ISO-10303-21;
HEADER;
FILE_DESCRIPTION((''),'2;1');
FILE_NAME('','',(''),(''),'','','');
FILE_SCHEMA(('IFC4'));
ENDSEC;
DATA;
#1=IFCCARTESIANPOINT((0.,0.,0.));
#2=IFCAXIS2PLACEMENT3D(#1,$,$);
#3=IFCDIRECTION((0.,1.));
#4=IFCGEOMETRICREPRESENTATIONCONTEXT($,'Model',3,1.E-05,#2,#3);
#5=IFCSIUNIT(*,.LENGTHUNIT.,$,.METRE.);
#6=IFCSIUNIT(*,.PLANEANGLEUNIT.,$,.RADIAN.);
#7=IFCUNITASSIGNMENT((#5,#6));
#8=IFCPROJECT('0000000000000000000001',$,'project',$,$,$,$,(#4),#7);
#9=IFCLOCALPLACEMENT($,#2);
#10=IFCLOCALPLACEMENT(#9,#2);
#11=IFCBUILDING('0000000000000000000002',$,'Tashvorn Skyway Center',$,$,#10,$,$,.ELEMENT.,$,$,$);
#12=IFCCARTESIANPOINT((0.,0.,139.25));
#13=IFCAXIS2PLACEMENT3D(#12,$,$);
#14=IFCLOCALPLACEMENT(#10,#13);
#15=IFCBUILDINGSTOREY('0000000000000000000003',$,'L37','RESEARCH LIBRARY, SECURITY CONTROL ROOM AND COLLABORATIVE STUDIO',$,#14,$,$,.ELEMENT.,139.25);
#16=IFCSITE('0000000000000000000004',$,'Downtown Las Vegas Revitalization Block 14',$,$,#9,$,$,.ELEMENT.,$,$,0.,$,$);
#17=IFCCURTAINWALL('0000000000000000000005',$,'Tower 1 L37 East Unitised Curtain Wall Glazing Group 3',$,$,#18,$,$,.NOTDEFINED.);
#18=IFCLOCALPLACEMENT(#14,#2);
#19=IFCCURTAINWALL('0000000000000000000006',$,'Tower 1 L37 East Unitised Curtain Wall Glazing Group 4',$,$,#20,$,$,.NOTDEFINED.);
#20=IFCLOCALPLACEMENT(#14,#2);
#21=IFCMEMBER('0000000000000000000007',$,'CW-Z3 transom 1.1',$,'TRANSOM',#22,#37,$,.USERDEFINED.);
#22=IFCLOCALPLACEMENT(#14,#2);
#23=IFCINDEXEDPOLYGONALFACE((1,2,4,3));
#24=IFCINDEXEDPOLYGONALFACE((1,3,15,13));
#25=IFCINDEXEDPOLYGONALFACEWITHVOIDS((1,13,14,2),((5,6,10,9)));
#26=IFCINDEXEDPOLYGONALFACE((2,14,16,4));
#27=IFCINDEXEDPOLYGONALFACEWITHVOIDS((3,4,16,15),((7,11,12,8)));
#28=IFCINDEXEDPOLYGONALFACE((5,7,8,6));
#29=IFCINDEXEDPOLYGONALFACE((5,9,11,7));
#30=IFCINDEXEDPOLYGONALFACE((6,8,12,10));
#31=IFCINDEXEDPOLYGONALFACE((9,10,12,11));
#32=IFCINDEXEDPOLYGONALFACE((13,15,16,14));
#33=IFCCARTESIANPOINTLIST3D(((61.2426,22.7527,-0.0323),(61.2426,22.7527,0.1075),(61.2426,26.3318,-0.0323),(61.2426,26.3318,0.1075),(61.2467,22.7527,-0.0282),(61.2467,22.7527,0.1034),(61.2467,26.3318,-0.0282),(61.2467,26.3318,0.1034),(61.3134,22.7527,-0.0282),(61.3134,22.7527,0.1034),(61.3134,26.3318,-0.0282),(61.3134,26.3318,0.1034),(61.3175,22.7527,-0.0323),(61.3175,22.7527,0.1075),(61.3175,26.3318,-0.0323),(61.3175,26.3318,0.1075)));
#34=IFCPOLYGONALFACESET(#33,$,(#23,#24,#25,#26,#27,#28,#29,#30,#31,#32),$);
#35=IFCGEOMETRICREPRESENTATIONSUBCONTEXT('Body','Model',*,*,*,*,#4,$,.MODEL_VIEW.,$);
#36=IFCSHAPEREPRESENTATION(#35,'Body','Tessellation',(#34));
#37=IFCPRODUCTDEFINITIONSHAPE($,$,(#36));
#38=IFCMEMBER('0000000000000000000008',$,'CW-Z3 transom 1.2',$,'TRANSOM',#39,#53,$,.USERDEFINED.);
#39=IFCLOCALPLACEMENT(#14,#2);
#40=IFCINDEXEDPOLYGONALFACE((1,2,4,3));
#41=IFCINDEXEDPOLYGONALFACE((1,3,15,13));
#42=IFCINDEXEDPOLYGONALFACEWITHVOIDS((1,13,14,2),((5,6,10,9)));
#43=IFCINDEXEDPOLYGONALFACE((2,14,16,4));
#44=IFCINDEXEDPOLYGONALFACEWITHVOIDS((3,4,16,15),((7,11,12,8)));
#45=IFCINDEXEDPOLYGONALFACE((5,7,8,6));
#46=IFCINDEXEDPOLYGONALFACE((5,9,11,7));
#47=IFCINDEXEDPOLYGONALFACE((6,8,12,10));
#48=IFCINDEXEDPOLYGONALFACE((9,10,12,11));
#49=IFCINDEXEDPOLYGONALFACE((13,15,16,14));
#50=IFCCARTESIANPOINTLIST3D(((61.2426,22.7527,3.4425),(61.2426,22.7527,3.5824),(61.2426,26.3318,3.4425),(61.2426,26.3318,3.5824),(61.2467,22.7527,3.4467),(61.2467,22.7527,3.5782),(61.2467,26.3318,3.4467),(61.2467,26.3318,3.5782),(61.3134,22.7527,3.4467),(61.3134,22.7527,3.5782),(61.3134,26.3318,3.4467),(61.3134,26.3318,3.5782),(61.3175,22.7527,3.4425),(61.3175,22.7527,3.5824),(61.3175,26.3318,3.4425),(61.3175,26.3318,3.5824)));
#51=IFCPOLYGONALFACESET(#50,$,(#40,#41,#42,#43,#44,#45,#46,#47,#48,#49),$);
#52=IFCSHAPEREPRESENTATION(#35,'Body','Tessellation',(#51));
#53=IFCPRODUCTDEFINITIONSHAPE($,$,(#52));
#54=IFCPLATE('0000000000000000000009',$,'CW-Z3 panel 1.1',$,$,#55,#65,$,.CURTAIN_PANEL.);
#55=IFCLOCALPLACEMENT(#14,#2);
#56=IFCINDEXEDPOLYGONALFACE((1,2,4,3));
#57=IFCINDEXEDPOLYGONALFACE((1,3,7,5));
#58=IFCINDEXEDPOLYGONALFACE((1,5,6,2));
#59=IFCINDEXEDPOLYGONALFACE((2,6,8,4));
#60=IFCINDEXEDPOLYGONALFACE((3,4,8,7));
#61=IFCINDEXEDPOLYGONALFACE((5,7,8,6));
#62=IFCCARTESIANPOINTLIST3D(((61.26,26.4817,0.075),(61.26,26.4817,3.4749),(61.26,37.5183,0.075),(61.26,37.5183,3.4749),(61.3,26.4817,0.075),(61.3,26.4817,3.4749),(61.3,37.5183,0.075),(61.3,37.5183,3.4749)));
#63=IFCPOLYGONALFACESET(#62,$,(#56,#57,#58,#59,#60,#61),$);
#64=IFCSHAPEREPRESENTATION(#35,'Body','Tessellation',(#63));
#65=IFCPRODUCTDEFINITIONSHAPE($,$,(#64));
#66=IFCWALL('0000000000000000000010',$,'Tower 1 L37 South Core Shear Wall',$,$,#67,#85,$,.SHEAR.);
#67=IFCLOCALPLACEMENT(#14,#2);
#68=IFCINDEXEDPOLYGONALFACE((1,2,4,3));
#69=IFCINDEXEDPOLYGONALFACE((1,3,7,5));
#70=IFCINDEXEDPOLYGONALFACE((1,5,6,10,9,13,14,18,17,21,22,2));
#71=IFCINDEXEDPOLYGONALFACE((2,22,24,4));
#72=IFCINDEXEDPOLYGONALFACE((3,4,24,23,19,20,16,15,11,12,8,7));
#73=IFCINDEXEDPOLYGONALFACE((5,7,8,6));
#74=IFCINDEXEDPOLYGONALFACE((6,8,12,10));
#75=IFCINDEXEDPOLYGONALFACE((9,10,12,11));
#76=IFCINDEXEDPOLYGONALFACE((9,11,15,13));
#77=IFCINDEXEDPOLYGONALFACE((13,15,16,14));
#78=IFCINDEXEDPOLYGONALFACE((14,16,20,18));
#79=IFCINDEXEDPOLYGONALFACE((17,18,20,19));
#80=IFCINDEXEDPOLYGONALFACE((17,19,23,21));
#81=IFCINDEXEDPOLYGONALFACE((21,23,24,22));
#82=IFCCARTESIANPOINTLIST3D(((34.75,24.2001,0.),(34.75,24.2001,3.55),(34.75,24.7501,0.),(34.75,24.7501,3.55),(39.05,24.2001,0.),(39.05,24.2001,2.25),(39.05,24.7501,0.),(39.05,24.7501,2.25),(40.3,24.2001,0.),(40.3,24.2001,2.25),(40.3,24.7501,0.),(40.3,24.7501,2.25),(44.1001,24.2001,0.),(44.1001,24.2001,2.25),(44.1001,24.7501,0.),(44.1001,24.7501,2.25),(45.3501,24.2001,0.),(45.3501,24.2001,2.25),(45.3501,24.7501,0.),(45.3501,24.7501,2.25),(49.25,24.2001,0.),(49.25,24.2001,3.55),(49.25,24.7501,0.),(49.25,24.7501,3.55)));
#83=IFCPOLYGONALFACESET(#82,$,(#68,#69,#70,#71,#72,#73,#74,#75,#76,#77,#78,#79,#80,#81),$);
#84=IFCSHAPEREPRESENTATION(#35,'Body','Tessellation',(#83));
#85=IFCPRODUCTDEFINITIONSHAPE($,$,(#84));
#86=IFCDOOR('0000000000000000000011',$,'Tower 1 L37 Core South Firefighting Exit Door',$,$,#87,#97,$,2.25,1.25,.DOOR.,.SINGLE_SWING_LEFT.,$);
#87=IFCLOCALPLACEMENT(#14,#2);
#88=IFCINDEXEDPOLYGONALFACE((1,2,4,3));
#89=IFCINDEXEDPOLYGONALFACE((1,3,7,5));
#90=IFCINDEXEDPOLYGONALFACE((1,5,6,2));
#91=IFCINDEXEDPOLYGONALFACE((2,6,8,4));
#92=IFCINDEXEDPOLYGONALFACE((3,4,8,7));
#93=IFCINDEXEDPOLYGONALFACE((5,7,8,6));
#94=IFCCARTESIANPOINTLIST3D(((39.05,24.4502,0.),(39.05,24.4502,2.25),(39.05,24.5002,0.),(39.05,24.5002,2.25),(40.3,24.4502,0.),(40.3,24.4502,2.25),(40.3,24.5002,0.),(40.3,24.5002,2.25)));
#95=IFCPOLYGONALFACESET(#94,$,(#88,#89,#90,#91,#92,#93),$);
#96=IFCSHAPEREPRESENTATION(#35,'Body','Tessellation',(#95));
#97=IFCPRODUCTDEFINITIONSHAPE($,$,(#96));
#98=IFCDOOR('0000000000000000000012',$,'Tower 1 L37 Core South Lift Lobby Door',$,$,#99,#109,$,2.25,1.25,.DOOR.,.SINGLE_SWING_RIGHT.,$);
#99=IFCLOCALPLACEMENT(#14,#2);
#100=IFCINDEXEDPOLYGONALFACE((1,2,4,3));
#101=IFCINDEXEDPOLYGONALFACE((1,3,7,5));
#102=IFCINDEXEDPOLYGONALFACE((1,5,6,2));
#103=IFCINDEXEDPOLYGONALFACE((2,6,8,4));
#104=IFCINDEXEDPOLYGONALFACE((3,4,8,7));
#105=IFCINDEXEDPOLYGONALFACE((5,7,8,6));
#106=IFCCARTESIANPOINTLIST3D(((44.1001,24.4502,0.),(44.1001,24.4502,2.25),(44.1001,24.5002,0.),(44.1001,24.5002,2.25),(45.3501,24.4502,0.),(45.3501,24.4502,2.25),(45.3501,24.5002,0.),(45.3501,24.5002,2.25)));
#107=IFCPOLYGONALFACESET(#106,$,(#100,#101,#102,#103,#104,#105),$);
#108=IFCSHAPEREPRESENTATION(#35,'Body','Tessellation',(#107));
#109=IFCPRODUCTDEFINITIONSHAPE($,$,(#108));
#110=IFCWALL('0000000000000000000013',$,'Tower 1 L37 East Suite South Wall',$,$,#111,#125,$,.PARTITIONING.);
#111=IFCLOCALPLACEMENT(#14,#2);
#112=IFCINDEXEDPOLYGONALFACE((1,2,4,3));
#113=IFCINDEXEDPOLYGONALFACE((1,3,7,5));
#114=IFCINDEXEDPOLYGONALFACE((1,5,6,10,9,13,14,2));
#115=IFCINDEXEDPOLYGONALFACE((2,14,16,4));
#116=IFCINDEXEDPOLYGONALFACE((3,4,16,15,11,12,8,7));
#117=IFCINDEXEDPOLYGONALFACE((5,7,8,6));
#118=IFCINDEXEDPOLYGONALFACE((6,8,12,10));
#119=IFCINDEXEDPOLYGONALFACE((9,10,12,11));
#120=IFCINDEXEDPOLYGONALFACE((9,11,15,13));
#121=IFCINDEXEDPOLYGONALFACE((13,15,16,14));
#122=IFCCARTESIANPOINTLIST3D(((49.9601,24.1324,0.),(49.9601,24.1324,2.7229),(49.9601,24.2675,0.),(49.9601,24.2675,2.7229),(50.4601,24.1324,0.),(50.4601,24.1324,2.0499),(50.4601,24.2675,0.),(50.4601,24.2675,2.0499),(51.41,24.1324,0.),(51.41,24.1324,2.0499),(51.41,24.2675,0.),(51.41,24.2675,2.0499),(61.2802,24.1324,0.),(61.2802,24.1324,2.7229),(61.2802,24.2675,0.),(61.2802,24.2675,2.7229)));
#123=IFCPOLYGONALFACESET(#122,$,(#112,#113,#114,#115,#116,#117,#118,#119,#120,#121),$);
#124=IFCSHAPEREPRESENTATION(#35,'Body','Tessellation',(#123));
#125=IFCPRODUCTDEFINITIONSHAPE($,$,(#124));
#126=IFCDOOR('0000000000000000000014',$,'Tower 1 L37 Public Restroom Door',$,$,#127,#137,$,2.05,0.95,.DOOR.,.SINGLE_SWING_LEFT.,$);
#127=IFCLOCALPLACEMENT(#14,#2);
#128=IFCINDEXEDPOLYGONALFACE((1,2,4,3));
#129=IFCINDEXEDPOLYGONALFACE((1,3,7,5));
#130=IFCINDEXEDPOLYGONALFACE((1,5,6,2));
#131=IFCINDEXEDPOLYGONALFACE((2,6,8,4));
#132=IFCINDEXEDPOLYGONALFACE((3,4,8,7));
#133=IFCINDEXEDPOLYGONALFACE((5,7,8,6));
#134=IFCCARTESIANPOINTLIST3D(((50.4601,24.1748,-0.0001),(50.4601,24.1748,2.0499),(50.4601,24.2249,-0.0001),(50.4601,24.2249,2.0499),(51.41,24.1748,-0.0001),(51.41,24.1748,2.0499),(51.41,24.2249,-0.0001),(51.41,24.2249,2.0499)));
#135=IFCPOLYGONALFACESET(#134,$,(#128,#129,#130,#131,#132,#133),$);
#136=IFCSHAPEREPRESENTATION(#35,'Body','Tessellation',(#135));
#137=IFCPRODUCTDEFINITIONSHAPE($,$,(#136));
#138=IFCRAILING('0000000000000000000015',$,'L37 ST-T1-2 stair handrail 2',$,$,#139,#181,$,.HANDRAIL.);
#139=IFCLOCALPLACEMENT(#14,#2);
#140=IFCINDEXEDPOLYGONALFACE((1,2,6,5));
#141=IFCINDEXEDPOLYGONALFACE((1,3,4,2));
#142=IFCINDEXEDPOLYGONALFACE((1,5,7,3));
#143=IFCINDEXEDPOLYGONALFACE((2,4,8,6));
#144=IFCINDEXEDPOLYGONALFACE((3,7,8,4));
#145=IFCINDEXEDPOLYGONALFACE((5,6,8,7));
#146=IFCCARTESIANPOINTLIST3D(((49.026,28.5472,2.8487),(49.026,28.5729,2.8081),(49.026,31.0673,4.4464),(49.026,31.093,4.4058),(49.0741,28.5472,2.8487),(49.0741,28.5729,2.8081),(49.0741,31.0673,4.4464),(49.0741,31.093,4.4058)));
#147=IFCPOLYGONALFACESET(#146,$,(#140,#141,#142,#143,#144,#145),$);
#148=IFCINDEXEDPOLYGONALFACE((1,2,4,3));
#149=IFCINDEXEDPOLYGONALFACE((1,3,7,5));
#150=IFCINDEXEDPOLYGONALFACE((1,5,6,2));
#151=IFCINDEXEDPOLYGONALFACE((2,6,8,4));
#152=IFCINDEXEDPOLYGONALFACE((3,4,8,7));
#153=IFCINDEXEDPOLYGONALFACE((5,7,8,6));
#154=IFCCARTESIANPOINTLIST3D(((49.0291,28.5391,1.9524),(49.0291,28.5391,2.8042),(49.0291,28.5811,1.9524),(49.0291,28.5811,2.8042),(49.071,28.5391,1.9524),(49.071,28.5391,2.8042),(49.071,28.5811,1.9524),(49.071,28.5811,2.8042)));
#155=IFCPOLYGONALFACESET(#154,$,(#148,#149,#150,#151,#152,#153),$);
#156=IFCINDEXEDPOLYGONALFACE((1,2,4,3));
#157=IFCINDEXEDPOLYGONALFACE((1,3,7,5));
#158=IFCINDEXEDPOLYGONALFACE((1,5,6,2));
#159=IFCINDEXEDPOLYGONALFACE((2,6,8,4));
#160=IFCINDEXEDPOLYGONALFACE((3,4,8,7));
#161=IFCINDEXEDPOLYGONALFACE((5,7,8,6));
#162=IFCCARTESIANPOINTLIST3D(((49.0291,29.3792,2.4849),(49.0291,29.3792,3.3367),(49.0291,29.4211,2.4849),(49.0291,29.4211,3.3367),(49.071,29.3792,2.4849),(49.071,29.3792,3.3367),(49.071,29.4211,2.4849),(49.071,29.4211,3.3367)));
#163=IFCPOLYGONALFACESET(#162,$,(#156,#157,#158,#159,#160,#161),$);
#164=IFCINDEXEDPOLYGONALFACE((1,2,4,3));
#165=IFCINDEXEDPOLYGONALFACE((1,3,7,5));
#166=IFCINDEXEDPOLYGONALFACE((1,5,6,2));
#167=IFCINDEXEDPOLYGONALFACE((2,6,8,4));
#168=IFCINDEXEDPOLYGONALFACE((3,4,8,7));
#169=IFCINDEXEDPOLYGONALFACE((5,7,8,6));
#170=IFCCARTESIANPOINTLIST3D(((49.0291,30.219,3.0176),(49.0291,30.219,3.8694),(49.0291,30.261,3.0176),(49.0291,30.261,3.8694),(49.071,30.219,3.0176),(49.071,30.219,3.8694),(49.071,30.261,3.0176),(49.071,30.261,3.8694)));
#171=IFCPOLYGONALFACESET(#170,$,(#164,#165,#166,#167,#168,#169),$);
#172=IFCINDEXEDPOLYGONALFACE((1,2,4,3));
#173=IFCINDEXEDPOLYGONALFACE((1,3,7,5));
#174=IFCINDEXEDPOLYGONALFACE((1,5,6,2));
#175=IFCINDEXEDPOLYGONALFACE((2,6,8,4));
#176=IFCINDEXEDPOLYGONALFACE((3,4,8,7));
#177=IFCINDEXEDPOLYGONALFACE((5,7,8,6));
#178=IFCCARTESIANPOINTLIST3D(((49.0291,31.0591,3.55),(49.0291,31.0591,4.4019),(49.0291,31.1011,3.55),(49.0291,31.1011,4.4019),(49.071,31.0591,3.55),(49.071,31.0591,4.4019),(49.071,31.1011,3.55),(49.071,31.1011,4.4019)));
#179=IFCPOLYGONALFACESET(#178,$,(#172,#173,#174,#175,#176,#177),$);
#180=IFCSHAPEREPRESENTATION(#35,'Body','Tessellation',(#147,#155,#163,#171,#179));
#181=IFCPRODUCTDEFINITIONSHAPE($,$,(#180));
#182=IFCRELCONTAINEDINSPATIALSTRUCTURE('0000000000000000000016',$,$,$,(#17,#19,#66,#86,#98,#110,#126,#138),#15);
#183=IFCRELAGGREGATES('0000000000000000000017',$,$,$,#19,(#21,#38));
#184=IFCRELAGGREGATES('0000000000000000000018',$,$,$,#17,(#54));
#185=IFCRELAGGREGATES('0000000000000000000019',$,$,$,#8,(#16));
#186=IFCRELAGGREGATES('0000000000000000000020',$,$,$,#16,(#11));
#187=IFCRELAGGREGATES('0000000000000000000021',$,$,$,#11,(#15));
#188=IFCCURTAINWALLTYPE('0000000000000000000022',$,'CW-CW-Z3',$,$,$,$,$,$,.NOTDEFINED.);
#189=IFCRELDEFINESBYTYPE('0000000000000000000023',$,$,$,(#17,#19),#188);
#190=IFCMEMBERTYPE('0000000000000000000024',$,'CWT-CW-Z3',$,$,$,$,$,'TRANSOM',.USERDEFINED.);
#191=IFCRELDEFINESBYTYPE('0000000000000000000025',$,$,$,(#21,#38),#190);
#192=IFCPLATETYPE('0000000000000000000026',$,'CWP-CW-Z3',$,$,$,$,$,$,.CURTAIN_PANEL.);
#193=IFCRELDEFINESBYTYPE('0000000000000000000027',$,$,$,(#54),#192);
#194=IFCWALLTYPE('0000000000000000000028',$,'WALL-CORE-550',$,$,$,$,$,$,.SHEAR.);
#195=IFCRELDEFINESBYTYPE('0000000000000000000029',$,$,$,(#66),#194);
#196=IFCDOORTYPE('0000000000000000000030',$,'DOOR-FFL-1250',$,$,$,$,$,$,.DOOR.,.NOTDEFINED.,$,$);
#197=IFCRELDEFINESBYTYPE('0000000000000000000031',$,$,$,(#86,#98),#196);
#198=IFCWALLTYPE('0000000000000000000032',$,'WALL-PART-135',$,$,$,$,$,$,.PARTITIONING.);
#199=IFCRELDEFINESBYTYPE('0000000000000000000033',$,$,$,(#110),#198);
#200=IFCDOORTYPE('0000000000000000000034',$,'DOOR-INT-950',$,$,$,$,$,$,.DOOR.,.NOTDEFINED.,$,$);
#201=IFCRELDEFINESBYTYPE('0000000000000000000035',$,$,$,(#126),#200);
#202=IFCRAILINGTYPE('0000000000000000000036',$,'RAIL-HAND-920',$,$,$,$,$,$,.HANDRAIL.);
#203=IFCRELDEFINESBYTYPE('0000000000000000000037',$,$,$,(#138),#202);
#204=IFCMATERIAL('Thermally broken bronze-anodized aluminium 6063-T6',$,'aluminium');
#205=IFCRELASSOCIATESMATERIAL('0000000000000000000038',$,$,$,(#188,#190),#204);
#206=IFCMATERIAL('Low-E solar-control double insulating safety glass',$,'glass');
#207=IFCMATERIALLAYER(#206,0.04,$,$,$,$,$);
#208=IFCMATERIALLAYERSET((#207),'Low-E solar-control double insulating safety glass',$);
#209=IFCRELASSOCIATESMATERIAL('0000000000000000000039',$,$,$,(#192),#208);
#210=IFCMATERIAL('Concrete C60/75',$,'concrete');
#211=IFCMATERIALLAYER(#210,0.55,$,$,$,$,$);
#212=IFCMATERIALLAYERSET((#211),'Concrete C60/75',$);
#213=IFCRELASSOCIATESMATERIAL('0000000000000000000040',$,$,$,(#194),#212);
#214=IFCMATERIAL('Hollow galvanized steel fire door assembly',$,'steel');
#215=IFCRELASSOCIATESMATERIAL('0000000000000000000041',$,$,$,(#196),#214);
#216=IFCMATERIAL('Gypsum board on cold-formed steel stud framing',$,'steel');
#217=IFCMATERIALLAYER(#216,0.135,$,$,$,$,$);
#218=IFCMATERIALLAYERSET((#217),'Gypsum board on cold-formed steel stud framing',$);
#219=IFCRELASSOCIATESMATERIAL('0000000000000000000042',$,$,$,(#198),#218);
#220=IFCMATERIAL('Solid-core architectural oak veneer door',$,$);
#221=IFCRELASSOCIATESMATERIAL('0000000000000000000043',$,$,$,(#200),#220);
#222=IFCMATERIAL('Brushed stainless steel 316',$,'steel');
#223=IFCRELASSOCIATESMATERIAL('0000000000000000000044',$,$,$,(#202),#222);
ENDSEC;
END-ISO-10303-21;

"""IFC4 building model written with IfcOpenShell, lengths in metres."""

from ifc_helpers import new_model, si_unit, direction, frame, frame_2d, origin, origin_2d, place, context, subcontext, project, spatial, rectangle, hollow_rectangle, extrude, material, layer, layer_set, material_profile, profile_set, type_object, element, fill, aggregate, save


model = new_model("IFC4")

# Units and contexts
model_context = context("Model", 3, precision=1e-05, world=origin(), true_north=direction((0.0, 1.0)))
body_context = subcontext(model_context, "Body", "Model", "MODEL_VIEW")
ifc_project = project(units=[si_unit("LENGTHUNIT", "METRE"), si_unit("PLANEANGLEUNIT", "RADIAN")], contexts=[model_context])

# Site, building, storey
site_placement = place(None, origin())
site = spatial("IfcSite", under=ifc_project, at=site_placement, Name="Downtown Las Vegas Revitalization Block 14", CompositionType="ELEMENT", RefElevation=0.0)
building_placement = place(site_placement, origin())
building = spatial("IfcBuilding", under=site, at=building_placement, Name="Tashvorn Skyway Center", CompositionType="ELEMENT")
storey_placement = place(building_placement, frame((0.0, 0.0, 139.25)))
storey = spatial("IfcBuildingStorey", under=building, at=storey_placement, Name="L37", Description="RESEARCH LIBRARY, SECURITY CONTROL ROOM AND COLLABORATIVE STUDIO", CompositionType="ELEMENT", Elevation=139.25)

# Curtain wall
ifc_material_1 = material(Name="Thermally broken bronze-anodized aluminium 6063-T6", Category="aluminium")
curtain_wall_type = type_object("IfcCurtainWallType", Name="CW-CW-Z3", PredefinedType="NOTDEFINED", material=ifc_material_1)
curtain_wall_1_placement = place(storey_placement, origin())
curtain_wall_1 = element("IfcCurtainWall", 1, at=curtain_wall_1_placement, inside=storey, type_object=curtain_wall_type, Name="Tower 1 L37 East Unitised Curtain Wall Glazing Group 3", PredefinedType="NOTDEFINED")

# Curtain wall, members
curtain_wall_2_placement = place(storey_placement, origin())
curtain_wall_2 = element("IfcCurtainWall", 2, at=curtain_wall_2_placement, inside=storey, type_object=curtain_wall_type, Name="Tower 1 L37 East Unitised Curtain Wall Glazing Group 4", PredefinedType="NOTDEFINED")
ifc_material_profile_1 = material_profile(ifc_material_1, hollow_rectangle(XDim=0.075, YDim=0.1399, WallThickness=0.0042, at=origin_2d()), Name="ALU-TRAN-75x140")
ifc_profile_set_1 = profile_set([ifc_material_profile_1], Name="Thermally broken bronze-anodized aluminium 6063-T6")
member_type_1 = type_object("IfcMemberType", Name="CWT-CW-Z3", ElementType="TRANSOM", PredefinedType="USERDEFINED", material=ifc_profile_set_1)
member_1_placement = place(storey_placement, frame((61.28, 26.3318, 0.0376), z_axis=(0.0, -1.0, 0.0), x_axis=(1.0, 0.0, 0.0)))
member_1 = element("IfcMember", 3, at=member_1_placement, type_object=member_type_1, Name="CW-Z3 transom 1.1", ObjectType="TRANSOM", PredefinedType="USERDEFINED", context=body_context, shape_type="SweptSolid", body=[
    extrude(hollow_rectangle(XDim=0.075, YDim=0.1399, WallThickness=0.0042, at=origin_2d()), origin(), (0.0, 0.0, 1.0), 3.5791),
])
member_2_placement = place(storey_placement, frame((61.28, 26.3318, 3.5125), z_axis=(0.0, -1.0, 0.0), x_axis=(1.0, 0.0, 0.0)))
member_2 = element("IfcMember", 4, at=member_2_placement, type_object=member_type_1, Name="CW-Z3 transom 1.2", ObjectType="TRANSOM", PredefinedType="USERDEFINED", context=body_context, shape_type="SweptSolid", body=[
    extrude(hollow_rectangle(XDim=0.075, YDim=0.1399, WallThickness=0.0042, at=origin_2d()), origin(), (0.0, 0.0, 1.0), 3.5791),
])
aggregate(curtain_wall_2, [member_1, member_2])

# Plate
ifc_material_2 = material(Name="Low-E solar-control double insulating safety glass", Category="glass")
ifc_layer_1 = layer(ifc_material_2, 0.04)
ifc_layer_set_1 = layer_set([ifc_layer_1], Name="Low-E solar-control double insulating safety glass")
plate_type = type_object("IfcPlateType", Name="CWP-CW-Z3", PredefinedType="CURTAIN_PANEL", material=ifc_layer_set_1)
plate_placement = place(storey_placement, frame((61.28, 32.0, 0.075), z_axis=(0.0, 0.0, 1.0), x_axis=(0.0, -1.0, 0.0)))
plate = element("IfcPlate", 5, at=plate_placement, type_object=plate_type, Name="CW-Z3 panel 1.1", PredefinedType="CURTAIN_PANEL", context=body_context, shape_type="SweptSolid", body=[
    extrude(rectangle(XDim=11.0366, YDim=0.04, at=origin_2d()), origin(), (0.0, 0.0, 1.0), 3.3999),
])
aggregate(curtain_wall_1, [plate])

# Wall, openings, doors
ifc_material_3 = material(Name="Concrete C60/75", Category="concrete")
ifc_layer_2 = layer(ifc_material_3, 0.55)
ifc_layer_set_2 = layer_set([ifc_layer_2], Name="Concrete C60/75")
wall_type_1 = type_object("IfcWallType", Name="WALL-CORE-550", PredefinedType="SHEAR", material=ifc_layer_set_2)
wall_1_placement = place(storey_placement, frame((49.25, 24.4751, 0.0), z_axis=(0.0, 0.0, 1.0), x_axis=(-1.0, 0.0, 0.0)))
wall_1 = element("IfcWall", 6, at=wall_1_placement, inside=storey, type_object=wall_type_1, Name="Tower 1 L37 South Core Shear Wall", PredefinedType="SHEAR", context=body_context, shape_type="SweptSolid", body=[
    extrude(rectangle(XDim=14.5, YDim=0.55, at=frame_2d((7.25, 0.0))), origin(), (0.0, 0.0, 1.0), 3.55),
])
opening_1_placement = place(wall_1_placement, frame((8.95, 0.0, 0.0)))
opening_1 = element("IfcOpeningElement", 7, at=opening_1_placement, cuts=wall_1, PredefinedType="OPENING", context=body_context, shape_type="SweptSolid", body=[
    extrude(rectangle(XDim=1.25, YDim=2.25, at=frame_2d((0.625, 1.125))), frame((0.0, 0.2849, 0.0), z_axis=(0.0, -1.0, 0.0), x_axis=(1.0, 0.0, 0.0)), (0.0, 0.0, 1.0), 0.5701),
])
opening_2_placement = place(wall_1_placement, frame((3.8999, 0.0, 0.0)))
opening_2 = element("IfcOpeningElement", 8, at=opening_2_placement, cuts=wall_1, PredefinedType="OPENING", context=body_context, shape_type="SweptSolid", body=[
    extrude(rectangle(XDim=1.25, YDim=2.25, at=frame_2d((0.625, 1.125))), frame((0.0, 0.2849, 0.0), z_axis=(0.0, -1.0, 0.0), x_axis=(1.0, 0.0, 0.0)), (0.0, 0.0, 1.0), 0.5701),
])
ifc_material_4 = material(Name="Hollow galvanized steel fire door assembly", Category="steel")
door_type_1 = type_object("IfcDoorType", Name="DOOR-FFL-1250", OperationType="NOTDEFINED", PredefinedType="DOOR", material=ifc_material_4)
door_1_placement = place(opening_1_placement, origin())
door_1 = element("IfcDoor", 9, at=door_1_placement, inside=storey, type_object=door_type_1, Name="Tower 1 L37 Core South Firefighting Exit Door", OperationType="SINGLE_SWING_LEFT", OverallHeight=2.25, OverallWidth=1.25, PredefinedType="DOOR", context=body_context, shape_type="SweptSolid", body=[
    extrude(rectangle(XDim=1.25, YDim=2.25, at=frame_2d((0.625, 1.125))), frame((0.0, 0.0249, 0.0), z_axis=(0.0, -1.0, 0.0), x_axis=(1.0, 0.0, 0.0)), (0.0, 0.0, 1.0), 0.05),
])
fill(opening_1, door_1)
door_2_placement = place(opening_2_placement, origin())
door_2 = element("IfcDoor", 10, at=door_2_placement, inside=storey, type_object=door_type_1, Name="Tower 1 L37 Core South Lift Lobby Door", OperationType="SINGLE_SWING_RIGHT", OverallHeight=2.25, OverallWidth=1.25, PredefinedType="DOOR", context=body_context, shape_type="SweptSolid", body=[
    extrude(rectangle(XDim=1.25, YDim=2.25, at=frame_2d((0.625, 1.125))), frame((0.0, 0.0249, 0.0), z_axis=(0.0, -1.0, 0.0), x_axis=(1.0, 0.0, 0.0)), (0.0, 0.0, 1.0), 0.05),
])
fill(opening_2, door_2)

# Wall, opening, door
ifc_material_5 = material(Name="Gypsum board on cold-formed steel stud framing", Category="steel")
ifc_layer_3 = layer(ifc_material_5, 0.135)
ifc_layer_set_3 = layer_set([ifc_layer_3], Name="Gypsum board on cold-formed steel stud framing")
wall_type_2 = type_object("IfcWallType", Name="WALL-PART-135", PredefinedType="PARTITIONING", material=ifc_layer_set_3)
wall_2_placement = place(storey_placement, frame((49.96, 24.2, 0.0), z_axis=(0.0, 0.0, 1.0), x_axis=(1.0, 0.0, 0.0)))
wall_2 = element("IfcWall", 11, at=wall_2_placement, inside=storey, type_object=wall_type_2, Name="Tower 1 L37 East Suite South Wall", PredefinedType="PARTITIONING", context=body_context, shape_type="SweptSolid", body=[
    extrude(rectangle(XDim=11.3201, YDim=0.135, at=frame_2d((5.6602, 0.0))), origin(), (0.0, 0.0, 1.0), 2.7229),
])
opening_3_placement = place(wall_2_placement, frame((0.5, 0.0, 0.0)))
opening_3 = element("IfcOpeningElement", 12, at=opening_3_placement, cuts=wall_2, PredefinedType="OPENING", context=body_context, shape_type="SweptSolid", body=[
    extrude(rectangle(XDim=0.95, YDim=2.05, at=frame_2d((0.4751, 1.0249))), frame((0.0, 0.0774, 0.0), z_axis=(0.0, -1.0, 0.0), x_axis=(1.0, 0.0, 0.0)), (0.0, 0.0, 1.0), 0.155),
])
ifc_material_6 = material(Name="Solid-core architectural oak veneer door")
door_type_2 = type_object("IfcDoorType", Name="DOOR-INT-950", OperationType="NOTDEFINED", PredefinedType="DOOR", material=ifc_material_6)
door_3_placement = place(opening_3_placement, origin())
door_3 = element("IfcDoor", 13, at=door_3_placement, inside=storey, type_object=door_type_2, Name="Tower 1 L37 Public Restroom Door", OperationType="SINGLE_SWING_LEFT", OverallHeight=2.05, OverallWidth=0.95, PredefinedType="DOOR", context=body_context, shape_type="SweptSolid", body=[
    extrude(rectangle(XDim=0.95, YDim=2.05, at=frame_2d((0.4751, 1.0249))), frame((0.0, 0.0249, 0.0), z_axis=(0.0, -1.0, 0.0), x_axis=(1.0, 0.0, 0.0)), (0.0, 0.0, 1.0), 0.05),
])
fill(opening_3, door_3)

# Railing
ifc_material_7 = material(Name="Brushed stainless steel 316", Category="steel")
railing_type_1 = type_object("IfcRailingType", Name="RAIL-HAND-920", PredefinedType="HANDRAIL", material=ifc_material_7)
railing_1_placement = place(storey_placement, frame((49.05, 28.5601, 1.9524)))
element("IfcRailing", 14, at=railing_1_placement, inside=storey, type_object=railing_type_1, Name="L37 ST-T1-2 stair handrail 2", PredefinedType="HANDRAIL", context=body_context, shape_type="SweptSolid", body=[
    extrude(rectangle(XDim=0.0481, YDim=0.0481, at=origin_2d()), frame((0.0, 0.0, 0.876), z_axis=(0.0, 0.84457, 0.535445), x_axis=(-1.0, 0.0, 0.0)), (0.0, 0.0, 1.0), 2.9839),
    extrude(rectangle(XDim=0.042, YDim=0.042, at=origin_2d()), origin(), (0.0, 0.0, 1.0), 0.8518),
    extrude(rectangle(XDim=0.042, YDim=0.042, at=origin_2d()), frame((0.0, 0.8401, 0.5325)), (0.0, 0.0, 1.0), 0.8518),
    extrude(rectangle(XDim=0.042, YDim=0.042, at=origin_2d()), frame((0.0, 1.6799, 1.0652)), (0.0, 0.0, 1.0), 0.8518),
    extrude(rectangle(XDim=0.042, YDim=0.042, at=origin_2d()), frame((0.0, 2.52, 1.5977)), (0.0, 0.0, 1.0), 0.8518),
])

save(model, "model.ifc")
